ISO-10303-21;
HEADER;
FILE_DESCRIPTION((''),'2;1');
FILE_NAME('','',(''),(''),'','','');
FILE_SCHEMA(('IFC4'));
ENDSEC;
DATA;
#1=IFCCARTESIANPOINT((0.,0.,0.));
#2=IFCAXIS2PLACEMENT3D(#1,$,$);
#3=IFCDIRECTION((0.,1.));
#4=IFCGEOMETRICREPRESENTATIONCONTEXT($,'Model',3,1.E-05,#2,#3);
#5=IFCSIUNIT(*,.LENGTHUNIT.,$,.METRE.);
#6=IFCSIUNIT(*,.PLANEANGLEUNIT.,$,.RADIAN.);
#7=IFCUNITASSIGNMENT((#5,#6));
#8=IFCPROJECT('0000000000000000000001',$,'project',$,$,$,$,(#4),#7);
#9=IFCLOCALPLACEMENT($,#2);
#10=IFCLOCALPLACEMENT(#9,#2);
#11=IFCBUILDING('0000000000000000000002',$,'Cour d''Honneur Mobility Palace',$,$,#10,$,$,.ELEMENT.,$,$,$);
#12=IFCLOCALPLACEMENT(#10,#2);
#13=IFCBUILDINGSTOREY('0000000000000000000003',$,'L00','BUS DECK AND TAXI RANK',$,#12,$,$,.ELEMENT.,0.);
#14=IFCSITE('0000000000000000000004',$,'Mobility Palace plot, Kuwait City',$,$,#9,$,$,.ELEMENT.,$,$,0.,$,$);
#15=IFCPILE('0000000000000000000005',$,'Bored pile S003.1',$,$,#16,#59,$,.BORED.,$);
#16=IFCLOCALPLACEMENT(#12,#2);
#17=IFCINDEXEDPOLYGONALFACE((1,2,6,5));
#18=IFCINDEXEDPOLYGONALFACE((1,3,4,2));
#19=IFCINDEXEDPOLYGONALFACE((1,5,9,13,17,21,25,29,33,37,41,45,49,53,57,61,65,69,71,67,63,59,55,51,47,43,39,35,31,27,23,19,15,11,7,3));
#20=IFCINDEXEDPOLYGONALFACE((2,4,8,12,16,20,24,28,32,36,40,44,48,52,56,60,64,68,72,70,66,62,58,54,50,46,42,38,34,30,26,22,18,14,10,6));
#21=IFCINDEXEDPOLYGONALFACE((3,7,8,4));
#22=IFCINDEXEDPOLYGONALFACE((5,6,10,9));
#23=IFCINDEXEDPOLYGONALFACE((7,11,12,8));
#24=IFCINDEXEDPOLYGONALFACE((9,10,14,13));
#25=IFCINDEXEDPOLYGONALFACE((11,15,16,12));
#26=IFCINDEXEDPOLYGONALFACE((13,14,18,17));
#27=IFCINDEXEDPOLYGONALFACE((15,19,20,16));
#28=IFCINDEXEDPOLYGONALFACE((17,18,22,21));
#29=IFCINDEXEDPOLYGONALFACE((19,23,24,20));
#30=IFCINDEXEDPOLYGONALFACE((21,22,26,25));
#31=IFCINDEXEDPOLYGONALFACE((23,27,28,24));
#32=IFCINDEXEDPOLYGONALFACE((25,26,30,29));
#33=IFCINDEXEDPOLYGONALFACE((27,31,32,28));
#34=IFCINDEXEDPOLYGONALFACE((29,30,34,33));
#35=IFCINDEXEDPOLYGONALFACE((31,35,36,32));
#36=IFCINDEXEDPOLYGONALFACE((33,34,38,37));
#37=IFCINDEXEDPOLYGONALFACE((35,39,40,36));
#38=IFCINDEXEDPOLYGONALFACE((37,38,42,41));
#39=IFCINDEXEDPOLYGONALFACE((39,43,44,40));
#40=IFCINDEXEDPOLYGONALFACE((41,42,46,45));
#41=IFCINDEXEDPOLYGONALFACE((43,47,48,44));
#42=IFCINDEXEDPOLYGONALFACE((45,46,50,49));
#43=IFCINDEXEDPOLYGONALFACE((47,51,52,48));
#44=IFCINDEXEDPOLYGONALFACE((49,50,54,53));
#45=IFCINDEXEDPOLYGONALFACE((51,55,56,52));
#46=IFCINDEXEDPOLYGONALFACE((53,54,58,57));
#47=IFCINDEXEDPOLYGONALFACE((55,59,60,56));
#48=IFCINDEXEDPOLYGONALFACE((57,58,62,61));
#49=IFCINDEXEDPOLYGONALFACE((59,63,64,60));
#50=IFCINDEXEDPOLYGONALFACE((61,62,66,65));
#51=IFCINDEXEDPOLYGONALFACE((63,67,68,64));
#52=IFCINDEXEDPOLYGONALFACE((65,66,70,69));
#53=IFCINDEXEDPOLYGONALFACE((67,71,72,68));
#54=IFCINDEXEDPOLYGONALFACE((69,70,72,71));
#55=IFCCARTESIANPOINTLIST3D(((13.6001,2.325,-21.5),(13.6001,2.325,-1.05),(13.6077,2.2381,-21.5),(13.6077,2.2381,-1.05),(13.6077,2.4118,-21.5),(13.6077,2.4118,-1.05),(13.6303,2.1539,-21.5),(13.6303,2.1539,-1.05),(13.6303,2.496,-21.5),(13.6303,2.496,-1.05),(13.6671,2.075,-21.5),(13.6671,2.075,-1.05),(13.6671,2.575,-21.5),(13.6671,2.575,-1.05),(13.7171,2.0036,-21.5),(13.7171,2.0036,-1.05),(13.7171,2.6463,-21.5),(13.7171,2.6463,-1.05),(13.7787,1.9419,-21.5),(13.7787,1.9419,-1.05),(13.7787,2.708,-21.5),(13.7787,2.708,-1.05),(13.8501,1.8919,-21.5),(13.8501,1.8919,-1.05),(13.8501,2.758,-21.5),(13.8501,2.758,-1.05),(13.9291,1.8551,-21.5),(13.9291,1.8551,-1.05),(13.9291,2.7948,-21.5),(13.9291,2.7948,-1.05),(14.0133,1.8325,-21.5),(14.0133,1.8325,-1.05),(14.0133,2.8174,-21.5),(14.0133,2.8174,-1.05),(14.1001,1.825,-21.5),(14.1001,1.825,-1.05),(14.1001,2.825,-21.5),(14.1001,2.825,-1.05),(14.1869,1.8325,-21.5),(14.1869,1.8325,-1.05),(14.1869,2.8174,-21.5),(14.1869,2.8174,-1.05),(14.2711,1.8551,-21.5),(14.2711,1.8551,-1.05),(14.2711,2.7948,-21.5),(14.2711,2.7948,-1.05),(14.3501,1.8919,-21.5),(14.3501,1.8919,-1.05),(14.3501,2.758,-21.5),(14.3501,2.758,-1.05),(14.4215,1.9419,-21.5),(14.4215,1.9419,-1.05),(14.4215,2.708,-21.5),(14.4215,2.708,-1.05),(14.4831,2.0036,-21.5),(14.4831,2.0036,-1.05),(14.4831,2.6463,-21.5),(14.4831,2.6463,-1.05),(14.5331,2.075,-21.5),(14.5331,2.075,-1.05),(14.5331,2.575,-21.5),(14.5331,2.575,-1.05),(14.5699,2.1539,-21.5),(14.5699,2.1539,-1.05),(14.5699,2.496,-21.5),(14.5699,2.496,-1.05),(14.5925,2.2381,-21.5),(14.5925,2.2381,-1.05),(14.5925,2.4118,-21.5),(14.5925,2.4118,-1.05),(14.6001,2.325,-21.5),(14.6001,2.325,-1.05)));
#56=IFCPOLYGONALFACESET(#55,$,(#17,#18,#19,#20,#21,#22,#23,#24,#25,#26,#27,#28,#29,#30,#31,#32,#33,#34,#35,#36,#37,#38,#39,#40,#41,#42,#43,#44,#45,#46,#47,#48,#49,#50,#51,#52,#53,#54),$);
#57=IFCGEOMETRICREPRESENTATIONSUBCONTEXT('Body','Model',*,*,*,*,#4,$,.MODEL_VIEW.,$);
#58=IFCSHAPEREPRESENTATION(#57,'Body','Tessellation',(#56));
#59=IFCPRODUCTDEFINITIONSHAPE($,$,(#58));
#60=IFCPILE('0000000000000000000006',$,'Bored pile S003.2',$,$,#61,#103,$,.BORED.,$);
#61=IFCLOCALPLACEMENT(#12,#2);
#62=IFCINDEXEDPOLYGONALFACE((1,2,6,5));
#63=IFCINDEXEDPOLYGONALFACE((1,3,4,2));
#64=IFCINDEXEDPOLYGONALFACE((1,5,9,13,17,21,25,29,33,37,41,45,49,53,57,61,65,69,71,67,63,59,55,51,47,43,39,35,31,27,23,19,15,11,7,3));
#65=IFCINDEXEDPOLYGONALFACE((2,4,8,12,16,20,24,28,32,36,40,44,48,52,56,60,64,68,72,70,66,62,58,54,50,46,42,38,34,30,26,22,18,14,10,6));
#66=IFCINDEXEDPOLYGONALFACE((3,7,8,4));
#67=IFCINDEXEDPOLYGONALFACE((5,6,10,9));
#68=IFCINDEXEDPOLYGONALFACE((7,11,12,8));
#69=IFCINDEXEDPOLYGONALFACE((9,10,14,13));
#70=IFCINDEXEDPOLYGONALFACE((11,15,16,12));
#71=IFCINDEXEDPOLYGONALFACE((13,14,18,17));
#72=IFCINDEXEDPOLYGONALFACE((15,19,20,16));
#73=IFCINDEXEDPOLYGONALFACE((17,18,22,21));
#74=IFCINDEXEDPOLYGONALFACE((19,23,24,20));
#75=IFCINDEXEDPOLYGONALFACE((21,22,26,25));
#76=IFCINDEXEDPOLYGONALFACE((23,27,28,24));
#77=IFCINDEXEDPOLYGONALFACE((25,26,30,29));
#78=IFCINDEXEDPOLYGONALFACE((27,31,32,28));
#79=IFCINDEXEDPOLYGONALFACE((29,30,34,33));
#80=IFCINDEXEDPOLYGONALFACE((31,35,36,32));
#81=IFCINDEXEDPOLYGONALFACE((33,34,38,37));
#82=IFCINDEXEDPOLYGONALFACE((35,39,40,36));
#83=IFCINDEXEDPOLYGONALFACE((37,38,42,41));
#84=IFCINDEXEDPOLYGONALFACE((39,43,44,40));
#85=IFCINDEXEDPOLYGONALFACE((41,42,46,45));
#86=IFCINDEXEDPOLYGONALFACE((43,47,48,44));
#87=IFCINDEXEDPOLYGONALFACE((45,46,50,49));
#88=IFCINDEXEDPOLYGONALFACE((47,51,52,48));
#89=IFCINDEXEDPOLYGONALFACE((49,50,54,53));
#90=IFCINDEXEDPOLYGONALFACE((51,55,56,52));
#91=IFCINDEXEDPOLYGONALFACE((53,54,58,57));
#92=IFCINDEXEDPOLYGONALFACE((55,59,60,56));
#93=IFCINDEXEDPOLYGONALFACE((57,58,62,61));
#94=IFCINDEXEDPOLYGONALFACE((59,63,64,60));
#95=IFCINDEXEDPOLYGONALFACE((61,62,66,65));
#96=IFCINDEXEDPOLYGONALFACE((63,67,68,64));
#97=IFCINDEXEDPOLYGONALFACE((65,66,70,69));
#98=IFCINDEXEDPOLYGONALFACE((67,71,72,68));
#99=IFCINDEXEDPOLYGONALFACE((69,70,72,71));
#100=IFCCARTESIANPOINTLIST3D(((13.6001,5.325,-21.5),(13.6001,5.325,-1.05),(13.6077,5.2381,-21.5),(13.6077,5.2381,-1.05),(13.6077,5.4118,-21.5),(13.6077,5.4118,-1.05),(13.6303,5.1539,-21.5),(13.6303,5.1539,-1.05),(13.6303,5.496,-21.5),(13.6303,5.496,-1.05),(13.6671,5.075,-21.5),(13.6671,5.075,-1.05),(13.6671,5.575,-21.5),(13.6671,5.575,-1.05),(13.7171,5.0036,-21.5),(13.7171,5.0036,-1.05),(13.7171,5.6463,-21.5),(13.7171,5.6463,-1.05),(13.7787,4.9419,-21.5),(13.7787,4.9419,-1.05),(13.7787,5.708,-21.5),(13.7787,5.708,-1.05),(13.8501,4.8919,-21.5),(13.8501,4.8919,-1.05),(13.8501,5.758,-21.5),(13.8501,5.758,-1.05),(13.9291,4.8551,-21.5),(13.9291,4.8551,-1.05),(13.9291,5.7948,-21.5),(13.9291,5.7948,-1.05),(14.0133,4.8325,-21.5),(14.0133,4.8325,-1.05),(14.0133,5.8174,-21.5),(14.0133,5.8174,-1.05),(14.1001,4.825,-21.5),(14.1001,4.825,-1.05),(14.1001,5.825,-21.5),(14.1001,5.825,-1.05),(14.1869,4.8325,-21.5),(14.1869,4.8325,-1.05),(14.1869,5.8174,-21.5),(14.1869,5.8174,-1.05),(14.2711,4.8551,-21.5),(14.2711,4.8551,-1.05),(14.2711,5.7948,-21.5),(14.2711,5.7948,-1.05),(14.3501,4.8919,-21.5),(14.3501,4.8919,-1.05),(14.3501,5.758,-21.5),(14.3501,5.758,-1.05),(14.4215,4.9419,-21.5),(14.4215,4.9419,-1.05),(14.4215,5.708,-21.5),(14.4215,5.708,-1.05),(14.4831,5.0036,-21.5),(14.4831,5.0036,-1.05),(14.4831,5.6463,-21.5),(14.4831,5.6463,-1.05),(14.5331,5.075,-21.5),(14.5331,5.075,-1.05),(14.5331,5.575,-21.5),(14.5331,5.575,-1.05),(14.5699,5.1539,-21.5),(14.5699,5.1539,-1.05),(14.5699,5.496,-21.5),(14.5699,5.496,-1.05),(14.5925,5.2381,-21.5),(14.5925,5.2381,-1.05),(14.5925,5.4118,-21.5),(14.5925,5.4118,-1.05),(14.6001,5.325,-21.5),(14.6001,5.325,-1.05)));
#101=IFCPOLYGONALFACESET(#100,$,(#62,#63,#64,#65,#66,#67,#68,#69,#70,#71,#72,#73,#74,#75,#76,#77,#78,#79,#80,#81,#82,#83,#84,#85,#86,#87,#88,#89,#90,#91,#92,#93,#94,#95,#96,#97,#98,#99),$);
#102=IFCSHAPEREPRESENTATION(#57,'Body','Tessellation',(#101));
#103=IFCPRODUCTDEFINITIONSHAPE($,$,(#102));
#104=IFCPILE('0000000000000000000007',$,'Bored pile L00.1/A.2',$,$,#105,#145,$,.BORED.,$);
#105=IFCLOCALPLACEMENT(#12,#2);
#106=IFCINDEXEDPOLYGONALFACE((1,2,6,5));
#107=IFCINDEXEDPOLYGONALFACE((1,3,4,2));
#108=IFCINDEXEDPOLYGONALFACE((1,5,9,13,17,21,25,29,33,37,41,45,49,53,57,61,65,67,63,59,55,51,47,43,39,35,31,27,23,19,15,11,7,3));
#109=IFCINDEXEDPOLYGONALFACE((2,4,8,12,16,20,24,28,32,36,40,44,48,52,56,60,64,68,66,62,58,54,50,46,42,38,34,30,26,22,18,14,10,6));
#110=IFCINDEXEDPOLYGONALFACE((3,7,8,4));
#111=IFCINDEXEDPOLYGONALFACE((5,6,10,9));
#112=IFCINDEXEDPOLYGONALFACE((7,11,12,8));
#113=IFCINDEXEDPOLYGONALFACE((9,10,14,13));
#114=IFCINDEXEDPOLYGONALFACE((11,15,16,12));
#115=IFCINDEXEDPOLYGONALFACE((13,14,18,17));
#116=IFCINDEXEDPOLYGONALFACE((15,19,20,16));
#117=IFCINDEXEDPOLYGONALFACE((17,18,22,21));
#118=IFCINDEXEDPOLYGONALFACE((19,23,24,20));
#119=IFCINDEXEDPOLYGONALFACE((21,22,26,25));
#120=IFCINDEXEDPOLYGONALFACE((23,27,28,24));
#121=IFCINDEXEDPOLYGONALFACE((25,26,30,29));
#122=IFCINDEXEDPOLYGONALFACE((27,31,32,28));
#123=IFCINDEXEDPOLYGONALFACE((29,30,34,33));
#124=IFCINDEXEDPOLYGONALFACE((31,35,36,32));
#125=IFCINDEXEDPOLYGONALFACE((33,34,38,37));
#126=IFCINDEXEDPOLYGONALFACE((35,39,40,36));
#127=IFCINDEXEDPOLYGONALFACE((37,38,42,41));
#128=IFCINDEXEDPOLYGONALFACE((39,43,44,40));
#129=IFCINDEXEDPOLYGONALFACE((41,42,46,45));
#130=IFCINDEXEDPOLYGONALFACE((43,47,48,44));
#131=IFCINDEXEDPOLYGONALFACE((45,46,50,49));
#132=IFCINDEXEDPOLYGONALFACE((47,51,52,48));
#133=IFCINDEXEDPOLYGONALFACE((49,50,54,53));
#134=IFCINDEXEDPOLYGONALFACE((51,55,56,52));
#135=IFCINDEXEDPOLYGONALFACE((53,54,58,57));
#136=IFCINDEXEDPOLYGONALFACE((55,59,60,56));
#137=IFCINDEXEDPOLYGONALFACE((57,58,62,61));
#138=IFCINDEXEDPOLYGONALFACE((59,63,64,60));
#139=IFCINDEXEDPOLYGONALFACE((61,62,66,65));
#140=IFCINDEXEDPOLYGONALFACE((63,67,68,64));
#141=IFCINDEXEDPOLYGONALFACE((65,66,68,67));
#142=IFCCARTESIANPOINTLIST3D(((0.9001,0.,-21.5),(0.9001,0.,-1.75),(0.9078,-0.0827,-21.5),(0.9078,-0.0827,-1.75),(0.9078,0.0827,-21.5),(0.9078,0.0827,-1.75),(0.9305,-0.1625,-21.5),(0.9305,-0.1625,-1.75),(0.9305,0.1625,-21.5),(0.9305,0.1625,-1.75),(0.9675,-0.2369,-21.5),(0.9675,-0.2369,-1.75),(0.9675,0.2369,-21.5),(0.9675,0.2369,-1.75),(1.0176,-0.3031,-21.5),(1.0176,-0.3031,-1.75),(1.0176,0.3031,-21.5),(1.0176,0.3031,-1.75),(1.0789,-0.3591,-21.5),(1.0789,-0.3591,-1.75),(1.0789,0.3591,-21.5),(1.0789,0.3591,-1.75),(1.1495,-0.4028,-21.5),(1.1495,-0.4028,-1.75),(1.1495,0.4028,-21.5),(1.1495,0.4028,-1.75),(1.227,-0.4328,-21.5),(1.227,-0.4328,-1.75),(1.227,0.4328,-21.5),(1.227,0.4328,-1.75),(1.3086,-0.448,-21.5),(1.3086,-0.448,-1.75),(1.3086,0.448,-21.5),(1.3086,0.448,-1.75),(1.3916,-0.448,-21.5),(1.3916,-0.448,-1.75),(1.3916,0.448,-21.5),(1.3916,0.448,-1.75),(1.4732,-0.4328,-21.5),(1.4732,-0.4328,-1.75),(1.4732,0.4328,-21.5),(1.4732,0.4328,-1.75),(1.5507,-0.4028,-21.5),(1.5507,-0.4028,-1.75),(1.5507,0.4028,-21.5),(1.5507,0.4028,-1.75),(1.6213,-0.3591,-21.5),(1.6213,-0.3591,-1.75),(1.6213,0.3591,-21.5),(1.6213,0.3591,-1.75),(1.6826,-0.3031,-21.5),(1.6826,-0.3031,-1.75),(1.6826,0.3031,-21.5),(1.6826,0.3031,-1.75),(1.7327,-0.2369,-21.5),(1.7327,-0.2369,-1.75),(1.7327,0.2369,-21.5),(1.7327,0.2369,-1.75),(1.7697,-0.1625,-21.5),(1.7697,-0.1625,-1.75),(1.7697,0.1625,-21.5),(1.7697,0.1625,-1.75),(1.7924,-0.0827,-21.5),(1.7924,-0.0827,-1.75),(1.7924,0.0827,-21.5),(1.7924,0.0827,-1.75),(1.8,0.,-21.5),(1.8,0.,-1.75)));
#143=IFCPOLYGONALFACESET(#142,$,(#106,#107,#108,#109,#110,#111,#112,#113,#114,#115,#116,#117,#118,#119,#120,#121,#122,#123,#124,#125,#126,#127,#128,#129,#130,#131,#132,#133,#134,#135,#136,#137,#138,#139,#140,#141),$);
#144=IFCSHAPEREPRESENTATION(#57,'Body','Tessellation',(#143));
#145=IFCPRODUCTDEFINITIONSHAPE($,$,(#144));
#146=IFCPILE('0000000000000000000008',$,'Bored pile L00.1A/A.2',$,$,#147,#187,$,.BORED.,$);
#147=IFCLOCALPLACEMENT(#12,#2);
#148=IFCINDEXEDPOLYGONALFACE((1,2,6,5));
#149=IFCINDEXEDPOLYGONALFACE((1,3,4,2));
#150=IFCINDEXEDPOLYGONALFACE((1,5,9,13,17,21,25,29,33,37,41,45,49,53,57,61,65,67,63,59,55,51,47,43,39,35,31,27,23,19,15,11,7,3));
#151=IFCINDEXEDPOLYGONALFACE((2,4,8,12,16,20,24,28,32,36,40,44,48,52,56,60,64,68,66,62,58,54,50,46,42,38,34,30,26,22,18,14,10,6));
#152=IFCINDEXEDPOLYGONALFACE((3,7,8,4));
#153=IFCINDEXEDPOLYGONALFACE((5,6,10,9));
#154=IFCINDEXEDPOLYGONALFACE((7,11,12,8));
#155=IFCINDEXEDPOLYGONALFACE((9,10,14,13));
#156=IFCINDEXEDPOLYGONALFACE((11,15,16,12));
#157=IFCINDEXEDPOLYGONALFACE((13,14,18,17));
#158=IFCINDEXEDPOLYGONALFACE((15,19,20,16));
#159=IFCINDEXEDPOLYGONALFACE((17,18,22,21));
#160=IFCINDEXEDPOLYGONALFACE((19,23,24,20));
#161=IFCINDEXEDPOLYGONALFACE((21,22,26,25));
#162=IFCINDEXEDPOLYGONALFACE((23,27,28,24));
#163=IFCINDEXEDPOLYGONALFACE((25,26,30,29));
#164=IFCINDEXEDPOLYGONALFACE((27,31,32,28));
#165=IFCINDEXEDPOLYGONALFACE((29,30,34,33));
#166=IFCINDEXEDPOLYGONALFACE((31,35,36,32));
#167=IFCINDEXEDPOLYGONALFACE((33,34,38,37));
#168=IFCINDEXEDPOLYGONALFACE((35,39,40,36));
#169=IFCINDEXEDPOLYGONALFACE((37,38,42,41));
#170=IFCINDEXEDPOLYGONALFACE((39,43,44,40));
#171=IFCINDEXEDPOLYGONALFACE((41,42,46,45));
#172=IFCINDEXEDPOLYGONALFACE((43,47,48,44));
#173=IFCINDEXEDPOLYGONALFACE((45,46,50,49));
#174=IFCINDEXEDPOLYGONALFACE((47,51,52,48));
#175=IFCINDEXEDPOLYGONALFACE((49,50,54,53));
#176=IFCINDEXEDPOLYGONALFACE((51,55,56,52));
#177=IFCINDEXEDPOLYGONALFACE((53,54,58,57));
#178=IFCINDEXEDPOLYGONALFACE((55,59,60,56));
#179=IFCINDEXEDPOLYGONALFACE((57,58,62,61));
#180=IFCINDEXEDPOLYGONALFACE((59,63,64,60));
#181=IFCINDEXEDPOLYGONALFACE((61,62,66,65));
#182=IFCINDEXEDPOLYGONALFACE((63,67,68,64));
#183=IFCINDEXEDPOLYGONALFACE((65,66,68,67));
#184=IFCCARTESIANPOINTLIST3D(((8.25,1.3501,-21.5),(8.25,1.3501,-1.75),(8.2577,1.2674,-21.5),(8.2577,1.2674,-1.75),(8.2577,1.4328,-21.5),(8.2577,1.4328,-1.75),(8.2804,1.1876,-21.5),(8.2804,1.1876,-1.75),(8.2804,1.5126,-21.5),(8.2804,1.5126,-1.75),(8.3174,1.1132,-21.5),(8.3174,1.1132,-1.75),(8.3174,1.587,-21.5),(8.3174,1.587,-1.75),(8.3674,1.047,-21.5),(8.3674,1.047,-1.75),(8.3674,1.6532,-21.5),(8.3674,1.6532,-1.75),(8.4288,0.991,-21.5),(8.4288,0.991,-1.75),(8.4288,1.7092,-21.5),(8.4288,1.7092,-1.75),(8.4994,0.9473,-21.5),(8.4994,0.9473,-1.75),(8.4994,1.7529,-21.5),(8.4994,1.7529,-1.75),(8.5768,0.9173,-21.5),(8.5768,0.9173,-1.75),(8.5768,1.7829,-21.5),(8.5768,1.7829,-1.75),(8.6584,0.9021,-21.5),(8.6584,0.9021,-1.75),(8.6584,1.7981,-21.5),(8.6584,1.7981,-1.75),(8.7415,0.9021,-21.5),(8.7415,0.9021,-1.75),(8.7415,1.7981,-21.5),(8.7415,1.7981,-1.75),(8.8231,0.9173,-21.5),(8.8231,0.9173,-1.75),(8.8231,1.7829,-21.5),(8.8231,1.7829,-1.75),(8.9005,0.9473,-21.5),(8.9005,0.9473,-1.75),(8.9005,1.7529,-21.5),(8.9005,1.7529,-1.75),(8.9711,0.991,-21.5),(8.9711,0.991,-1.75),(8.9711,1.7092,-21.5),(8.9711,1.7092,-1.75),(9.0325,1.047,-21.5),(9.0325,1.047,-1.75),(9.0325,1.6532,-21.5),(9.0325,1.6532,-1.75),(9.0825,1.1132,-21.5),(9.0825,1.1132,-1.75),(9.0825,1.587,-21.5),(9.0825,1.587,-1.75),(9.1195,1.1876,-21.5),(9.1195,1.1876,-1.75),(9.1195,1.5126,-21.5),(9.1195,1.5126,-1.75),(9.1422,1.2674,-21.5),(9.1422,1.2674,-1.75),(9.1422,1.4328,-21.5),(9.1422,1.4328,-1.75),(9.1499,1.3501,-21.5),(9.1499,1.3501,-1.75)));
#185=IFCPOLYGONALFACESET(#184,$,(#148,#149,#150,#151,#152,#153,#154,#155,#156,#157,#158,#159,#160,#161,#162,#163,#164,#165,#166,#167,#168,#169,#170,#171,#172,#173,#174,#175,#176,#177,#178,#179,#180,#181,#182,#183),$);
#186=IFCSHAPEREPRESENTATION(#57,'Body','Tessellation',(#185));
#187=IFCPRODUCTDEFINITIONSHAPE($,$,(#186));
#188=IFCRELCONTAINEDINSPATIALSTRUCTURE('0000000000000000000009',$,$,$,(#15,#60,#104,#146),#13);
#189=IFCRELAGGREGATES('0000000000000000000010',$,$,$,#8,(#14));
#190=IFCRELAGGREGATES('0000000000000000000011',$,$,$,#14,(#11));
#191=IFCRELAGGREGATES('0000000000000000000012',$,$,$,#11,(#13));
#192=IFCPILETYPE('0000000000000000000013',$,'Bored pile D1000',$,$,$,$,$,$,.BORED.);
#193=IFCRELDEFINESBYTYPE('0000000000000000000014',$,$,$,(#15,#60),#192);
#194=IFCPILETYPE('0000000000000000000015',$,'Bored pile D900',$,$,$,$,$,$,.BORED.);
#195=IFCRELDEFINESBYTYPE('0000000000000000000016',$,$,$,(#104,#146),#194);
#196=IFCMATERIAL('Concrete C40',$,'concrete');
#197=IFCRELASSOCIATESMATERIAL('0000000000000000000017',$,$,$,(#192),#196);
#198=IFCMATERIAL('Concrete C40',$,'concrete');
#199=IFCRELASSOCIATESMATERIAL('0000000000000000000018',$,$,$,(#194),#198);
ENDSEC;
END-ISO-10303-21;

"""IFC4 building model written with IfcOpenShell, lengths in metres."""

from ifc_helpers import new_model, si_unit, direction, frame, origin, origin_2d, place, context, subcontext, project, spatial, circle, extrude, material, material_profile, profile_set, type_object, element, save


model = new_model("IFC4")

# Units and contexts
model_context = context("Model", 3, precision=1e-05, world=origin(), true_north=direction((0.0, 1.0)))
body_context = subcontext(model_context, "Body", "Model", "MODEL_VIEW")
ifc_project = project(units=[si_unit("LENGTHUNIT", "METRE"), si_unit("PLANEANGLEUNIT", "RADIAN")], contexts=[model_context])

# Site, building, storey
site_placement = place(None, origin())
site = spatial("IfcSite", under=ifc_project, at=site_placement, Name="Mobility Palace plot, Kuwait City", CompositionType="ELEMENT", RefElevation=0.0)
building_placement = place(site_placement, origin())
building = spatial("IfcBuilding", under=site, at=building_placement, Name="Cour d'Honneur Mobility Palace", CompositionType="ELEMENT")
storey_placement = place(building_placement, origin())
storey = spatial("IfcBuildingStorey", under=building, at=storey_placement, Name="L00", Description="BUS DECK AND TAXI RANK", CompositionType="ELEMENT", Elevation=0.0)

# Piles
ifc_material_1 = material(Name="Concrete C40", Category="concrete")
ifc_material_profile_1 = material_profile(ifc_material_1, circle(Radius=0.5, at=origin_2d()), Name="Bored pile D1000")
ifc_profile_set_1 = profile_set([ifc_material_profile_1], Name="Concrete C40")
pile_type_1 = type_object("IfcPileType", Name="Bored pile D1000", PredefinedType="BORED", material=ifc_profile_set_1)
for number, where, z_axis, x_axis, name in (
    (1, (14.1001, 2.325, -1.05), (0.0, 0.0, -1.0), (1.0, 0.0, 0.0), "Bored pile S003.1"),
    (2, (14.1001, 5.325, -1.05), (0.0, 0.0, -1.0), (1.0, 0.0, 0.0), "Bored pile S003.2"),
):
    element("IfcPile", number, at=place(storey_placement, frame(where, z_axis=z_axis, x_axis=x_axis)), inside=storey, type_object=pile_type_1, Name=name, PredefinedType="BORED", context=body_context, shape_type="SweptSolid", body=[
        extrude(circle(Radius=0.5, at=origin_2d()), origin(), (0.0, 0.0, 1.0), 20.45),
    ])
ifc_material_2 = material(Name="Concrete C40", Category="concrete")
ifc_material_profile_2 = material_profile(ifc_material_2, circle(Radius=0.45, at=origin_2d()), Name="Bored pile D900")
ifc_profile_set_2 = profile_set([ifc_material_profile_2], Name="Concrete C40")
pile_type_2 = type_object("IfcPileType", Name="Bored pile D900", PredefinedType="BORED", material=ifc_profile_set_2)
for number, where, z_axis, x_axis, name in (
    (3, (1.3501, 0.0, -1.75), (0.0, 0.0, -1.0), (1.0, 0.0, 0.0), "Bored pile L00.1/A.2"),
    (4, (8.7, 1.3501, -1.75), (0.0, 0.0, -1.0), (1.0, 0.0, 0.0), "Bored pile L00.1A/A.2"),
):
    element("IfcPile", number, at=place(storey_placement, frame(where, z_axis=z_axis, x_axis=x_axis)), inside=storey, type_object=pile_type_2, Name=name, PredefinedType="BORED", context=body_context, shape_type="SweptSolid", body=[
        extrude(circle(Radius=0.45, at=origin_2d()), origin(), (0.0, 0.0, 1.0), 19.75),
    ])

save(model, "model.ifc")
